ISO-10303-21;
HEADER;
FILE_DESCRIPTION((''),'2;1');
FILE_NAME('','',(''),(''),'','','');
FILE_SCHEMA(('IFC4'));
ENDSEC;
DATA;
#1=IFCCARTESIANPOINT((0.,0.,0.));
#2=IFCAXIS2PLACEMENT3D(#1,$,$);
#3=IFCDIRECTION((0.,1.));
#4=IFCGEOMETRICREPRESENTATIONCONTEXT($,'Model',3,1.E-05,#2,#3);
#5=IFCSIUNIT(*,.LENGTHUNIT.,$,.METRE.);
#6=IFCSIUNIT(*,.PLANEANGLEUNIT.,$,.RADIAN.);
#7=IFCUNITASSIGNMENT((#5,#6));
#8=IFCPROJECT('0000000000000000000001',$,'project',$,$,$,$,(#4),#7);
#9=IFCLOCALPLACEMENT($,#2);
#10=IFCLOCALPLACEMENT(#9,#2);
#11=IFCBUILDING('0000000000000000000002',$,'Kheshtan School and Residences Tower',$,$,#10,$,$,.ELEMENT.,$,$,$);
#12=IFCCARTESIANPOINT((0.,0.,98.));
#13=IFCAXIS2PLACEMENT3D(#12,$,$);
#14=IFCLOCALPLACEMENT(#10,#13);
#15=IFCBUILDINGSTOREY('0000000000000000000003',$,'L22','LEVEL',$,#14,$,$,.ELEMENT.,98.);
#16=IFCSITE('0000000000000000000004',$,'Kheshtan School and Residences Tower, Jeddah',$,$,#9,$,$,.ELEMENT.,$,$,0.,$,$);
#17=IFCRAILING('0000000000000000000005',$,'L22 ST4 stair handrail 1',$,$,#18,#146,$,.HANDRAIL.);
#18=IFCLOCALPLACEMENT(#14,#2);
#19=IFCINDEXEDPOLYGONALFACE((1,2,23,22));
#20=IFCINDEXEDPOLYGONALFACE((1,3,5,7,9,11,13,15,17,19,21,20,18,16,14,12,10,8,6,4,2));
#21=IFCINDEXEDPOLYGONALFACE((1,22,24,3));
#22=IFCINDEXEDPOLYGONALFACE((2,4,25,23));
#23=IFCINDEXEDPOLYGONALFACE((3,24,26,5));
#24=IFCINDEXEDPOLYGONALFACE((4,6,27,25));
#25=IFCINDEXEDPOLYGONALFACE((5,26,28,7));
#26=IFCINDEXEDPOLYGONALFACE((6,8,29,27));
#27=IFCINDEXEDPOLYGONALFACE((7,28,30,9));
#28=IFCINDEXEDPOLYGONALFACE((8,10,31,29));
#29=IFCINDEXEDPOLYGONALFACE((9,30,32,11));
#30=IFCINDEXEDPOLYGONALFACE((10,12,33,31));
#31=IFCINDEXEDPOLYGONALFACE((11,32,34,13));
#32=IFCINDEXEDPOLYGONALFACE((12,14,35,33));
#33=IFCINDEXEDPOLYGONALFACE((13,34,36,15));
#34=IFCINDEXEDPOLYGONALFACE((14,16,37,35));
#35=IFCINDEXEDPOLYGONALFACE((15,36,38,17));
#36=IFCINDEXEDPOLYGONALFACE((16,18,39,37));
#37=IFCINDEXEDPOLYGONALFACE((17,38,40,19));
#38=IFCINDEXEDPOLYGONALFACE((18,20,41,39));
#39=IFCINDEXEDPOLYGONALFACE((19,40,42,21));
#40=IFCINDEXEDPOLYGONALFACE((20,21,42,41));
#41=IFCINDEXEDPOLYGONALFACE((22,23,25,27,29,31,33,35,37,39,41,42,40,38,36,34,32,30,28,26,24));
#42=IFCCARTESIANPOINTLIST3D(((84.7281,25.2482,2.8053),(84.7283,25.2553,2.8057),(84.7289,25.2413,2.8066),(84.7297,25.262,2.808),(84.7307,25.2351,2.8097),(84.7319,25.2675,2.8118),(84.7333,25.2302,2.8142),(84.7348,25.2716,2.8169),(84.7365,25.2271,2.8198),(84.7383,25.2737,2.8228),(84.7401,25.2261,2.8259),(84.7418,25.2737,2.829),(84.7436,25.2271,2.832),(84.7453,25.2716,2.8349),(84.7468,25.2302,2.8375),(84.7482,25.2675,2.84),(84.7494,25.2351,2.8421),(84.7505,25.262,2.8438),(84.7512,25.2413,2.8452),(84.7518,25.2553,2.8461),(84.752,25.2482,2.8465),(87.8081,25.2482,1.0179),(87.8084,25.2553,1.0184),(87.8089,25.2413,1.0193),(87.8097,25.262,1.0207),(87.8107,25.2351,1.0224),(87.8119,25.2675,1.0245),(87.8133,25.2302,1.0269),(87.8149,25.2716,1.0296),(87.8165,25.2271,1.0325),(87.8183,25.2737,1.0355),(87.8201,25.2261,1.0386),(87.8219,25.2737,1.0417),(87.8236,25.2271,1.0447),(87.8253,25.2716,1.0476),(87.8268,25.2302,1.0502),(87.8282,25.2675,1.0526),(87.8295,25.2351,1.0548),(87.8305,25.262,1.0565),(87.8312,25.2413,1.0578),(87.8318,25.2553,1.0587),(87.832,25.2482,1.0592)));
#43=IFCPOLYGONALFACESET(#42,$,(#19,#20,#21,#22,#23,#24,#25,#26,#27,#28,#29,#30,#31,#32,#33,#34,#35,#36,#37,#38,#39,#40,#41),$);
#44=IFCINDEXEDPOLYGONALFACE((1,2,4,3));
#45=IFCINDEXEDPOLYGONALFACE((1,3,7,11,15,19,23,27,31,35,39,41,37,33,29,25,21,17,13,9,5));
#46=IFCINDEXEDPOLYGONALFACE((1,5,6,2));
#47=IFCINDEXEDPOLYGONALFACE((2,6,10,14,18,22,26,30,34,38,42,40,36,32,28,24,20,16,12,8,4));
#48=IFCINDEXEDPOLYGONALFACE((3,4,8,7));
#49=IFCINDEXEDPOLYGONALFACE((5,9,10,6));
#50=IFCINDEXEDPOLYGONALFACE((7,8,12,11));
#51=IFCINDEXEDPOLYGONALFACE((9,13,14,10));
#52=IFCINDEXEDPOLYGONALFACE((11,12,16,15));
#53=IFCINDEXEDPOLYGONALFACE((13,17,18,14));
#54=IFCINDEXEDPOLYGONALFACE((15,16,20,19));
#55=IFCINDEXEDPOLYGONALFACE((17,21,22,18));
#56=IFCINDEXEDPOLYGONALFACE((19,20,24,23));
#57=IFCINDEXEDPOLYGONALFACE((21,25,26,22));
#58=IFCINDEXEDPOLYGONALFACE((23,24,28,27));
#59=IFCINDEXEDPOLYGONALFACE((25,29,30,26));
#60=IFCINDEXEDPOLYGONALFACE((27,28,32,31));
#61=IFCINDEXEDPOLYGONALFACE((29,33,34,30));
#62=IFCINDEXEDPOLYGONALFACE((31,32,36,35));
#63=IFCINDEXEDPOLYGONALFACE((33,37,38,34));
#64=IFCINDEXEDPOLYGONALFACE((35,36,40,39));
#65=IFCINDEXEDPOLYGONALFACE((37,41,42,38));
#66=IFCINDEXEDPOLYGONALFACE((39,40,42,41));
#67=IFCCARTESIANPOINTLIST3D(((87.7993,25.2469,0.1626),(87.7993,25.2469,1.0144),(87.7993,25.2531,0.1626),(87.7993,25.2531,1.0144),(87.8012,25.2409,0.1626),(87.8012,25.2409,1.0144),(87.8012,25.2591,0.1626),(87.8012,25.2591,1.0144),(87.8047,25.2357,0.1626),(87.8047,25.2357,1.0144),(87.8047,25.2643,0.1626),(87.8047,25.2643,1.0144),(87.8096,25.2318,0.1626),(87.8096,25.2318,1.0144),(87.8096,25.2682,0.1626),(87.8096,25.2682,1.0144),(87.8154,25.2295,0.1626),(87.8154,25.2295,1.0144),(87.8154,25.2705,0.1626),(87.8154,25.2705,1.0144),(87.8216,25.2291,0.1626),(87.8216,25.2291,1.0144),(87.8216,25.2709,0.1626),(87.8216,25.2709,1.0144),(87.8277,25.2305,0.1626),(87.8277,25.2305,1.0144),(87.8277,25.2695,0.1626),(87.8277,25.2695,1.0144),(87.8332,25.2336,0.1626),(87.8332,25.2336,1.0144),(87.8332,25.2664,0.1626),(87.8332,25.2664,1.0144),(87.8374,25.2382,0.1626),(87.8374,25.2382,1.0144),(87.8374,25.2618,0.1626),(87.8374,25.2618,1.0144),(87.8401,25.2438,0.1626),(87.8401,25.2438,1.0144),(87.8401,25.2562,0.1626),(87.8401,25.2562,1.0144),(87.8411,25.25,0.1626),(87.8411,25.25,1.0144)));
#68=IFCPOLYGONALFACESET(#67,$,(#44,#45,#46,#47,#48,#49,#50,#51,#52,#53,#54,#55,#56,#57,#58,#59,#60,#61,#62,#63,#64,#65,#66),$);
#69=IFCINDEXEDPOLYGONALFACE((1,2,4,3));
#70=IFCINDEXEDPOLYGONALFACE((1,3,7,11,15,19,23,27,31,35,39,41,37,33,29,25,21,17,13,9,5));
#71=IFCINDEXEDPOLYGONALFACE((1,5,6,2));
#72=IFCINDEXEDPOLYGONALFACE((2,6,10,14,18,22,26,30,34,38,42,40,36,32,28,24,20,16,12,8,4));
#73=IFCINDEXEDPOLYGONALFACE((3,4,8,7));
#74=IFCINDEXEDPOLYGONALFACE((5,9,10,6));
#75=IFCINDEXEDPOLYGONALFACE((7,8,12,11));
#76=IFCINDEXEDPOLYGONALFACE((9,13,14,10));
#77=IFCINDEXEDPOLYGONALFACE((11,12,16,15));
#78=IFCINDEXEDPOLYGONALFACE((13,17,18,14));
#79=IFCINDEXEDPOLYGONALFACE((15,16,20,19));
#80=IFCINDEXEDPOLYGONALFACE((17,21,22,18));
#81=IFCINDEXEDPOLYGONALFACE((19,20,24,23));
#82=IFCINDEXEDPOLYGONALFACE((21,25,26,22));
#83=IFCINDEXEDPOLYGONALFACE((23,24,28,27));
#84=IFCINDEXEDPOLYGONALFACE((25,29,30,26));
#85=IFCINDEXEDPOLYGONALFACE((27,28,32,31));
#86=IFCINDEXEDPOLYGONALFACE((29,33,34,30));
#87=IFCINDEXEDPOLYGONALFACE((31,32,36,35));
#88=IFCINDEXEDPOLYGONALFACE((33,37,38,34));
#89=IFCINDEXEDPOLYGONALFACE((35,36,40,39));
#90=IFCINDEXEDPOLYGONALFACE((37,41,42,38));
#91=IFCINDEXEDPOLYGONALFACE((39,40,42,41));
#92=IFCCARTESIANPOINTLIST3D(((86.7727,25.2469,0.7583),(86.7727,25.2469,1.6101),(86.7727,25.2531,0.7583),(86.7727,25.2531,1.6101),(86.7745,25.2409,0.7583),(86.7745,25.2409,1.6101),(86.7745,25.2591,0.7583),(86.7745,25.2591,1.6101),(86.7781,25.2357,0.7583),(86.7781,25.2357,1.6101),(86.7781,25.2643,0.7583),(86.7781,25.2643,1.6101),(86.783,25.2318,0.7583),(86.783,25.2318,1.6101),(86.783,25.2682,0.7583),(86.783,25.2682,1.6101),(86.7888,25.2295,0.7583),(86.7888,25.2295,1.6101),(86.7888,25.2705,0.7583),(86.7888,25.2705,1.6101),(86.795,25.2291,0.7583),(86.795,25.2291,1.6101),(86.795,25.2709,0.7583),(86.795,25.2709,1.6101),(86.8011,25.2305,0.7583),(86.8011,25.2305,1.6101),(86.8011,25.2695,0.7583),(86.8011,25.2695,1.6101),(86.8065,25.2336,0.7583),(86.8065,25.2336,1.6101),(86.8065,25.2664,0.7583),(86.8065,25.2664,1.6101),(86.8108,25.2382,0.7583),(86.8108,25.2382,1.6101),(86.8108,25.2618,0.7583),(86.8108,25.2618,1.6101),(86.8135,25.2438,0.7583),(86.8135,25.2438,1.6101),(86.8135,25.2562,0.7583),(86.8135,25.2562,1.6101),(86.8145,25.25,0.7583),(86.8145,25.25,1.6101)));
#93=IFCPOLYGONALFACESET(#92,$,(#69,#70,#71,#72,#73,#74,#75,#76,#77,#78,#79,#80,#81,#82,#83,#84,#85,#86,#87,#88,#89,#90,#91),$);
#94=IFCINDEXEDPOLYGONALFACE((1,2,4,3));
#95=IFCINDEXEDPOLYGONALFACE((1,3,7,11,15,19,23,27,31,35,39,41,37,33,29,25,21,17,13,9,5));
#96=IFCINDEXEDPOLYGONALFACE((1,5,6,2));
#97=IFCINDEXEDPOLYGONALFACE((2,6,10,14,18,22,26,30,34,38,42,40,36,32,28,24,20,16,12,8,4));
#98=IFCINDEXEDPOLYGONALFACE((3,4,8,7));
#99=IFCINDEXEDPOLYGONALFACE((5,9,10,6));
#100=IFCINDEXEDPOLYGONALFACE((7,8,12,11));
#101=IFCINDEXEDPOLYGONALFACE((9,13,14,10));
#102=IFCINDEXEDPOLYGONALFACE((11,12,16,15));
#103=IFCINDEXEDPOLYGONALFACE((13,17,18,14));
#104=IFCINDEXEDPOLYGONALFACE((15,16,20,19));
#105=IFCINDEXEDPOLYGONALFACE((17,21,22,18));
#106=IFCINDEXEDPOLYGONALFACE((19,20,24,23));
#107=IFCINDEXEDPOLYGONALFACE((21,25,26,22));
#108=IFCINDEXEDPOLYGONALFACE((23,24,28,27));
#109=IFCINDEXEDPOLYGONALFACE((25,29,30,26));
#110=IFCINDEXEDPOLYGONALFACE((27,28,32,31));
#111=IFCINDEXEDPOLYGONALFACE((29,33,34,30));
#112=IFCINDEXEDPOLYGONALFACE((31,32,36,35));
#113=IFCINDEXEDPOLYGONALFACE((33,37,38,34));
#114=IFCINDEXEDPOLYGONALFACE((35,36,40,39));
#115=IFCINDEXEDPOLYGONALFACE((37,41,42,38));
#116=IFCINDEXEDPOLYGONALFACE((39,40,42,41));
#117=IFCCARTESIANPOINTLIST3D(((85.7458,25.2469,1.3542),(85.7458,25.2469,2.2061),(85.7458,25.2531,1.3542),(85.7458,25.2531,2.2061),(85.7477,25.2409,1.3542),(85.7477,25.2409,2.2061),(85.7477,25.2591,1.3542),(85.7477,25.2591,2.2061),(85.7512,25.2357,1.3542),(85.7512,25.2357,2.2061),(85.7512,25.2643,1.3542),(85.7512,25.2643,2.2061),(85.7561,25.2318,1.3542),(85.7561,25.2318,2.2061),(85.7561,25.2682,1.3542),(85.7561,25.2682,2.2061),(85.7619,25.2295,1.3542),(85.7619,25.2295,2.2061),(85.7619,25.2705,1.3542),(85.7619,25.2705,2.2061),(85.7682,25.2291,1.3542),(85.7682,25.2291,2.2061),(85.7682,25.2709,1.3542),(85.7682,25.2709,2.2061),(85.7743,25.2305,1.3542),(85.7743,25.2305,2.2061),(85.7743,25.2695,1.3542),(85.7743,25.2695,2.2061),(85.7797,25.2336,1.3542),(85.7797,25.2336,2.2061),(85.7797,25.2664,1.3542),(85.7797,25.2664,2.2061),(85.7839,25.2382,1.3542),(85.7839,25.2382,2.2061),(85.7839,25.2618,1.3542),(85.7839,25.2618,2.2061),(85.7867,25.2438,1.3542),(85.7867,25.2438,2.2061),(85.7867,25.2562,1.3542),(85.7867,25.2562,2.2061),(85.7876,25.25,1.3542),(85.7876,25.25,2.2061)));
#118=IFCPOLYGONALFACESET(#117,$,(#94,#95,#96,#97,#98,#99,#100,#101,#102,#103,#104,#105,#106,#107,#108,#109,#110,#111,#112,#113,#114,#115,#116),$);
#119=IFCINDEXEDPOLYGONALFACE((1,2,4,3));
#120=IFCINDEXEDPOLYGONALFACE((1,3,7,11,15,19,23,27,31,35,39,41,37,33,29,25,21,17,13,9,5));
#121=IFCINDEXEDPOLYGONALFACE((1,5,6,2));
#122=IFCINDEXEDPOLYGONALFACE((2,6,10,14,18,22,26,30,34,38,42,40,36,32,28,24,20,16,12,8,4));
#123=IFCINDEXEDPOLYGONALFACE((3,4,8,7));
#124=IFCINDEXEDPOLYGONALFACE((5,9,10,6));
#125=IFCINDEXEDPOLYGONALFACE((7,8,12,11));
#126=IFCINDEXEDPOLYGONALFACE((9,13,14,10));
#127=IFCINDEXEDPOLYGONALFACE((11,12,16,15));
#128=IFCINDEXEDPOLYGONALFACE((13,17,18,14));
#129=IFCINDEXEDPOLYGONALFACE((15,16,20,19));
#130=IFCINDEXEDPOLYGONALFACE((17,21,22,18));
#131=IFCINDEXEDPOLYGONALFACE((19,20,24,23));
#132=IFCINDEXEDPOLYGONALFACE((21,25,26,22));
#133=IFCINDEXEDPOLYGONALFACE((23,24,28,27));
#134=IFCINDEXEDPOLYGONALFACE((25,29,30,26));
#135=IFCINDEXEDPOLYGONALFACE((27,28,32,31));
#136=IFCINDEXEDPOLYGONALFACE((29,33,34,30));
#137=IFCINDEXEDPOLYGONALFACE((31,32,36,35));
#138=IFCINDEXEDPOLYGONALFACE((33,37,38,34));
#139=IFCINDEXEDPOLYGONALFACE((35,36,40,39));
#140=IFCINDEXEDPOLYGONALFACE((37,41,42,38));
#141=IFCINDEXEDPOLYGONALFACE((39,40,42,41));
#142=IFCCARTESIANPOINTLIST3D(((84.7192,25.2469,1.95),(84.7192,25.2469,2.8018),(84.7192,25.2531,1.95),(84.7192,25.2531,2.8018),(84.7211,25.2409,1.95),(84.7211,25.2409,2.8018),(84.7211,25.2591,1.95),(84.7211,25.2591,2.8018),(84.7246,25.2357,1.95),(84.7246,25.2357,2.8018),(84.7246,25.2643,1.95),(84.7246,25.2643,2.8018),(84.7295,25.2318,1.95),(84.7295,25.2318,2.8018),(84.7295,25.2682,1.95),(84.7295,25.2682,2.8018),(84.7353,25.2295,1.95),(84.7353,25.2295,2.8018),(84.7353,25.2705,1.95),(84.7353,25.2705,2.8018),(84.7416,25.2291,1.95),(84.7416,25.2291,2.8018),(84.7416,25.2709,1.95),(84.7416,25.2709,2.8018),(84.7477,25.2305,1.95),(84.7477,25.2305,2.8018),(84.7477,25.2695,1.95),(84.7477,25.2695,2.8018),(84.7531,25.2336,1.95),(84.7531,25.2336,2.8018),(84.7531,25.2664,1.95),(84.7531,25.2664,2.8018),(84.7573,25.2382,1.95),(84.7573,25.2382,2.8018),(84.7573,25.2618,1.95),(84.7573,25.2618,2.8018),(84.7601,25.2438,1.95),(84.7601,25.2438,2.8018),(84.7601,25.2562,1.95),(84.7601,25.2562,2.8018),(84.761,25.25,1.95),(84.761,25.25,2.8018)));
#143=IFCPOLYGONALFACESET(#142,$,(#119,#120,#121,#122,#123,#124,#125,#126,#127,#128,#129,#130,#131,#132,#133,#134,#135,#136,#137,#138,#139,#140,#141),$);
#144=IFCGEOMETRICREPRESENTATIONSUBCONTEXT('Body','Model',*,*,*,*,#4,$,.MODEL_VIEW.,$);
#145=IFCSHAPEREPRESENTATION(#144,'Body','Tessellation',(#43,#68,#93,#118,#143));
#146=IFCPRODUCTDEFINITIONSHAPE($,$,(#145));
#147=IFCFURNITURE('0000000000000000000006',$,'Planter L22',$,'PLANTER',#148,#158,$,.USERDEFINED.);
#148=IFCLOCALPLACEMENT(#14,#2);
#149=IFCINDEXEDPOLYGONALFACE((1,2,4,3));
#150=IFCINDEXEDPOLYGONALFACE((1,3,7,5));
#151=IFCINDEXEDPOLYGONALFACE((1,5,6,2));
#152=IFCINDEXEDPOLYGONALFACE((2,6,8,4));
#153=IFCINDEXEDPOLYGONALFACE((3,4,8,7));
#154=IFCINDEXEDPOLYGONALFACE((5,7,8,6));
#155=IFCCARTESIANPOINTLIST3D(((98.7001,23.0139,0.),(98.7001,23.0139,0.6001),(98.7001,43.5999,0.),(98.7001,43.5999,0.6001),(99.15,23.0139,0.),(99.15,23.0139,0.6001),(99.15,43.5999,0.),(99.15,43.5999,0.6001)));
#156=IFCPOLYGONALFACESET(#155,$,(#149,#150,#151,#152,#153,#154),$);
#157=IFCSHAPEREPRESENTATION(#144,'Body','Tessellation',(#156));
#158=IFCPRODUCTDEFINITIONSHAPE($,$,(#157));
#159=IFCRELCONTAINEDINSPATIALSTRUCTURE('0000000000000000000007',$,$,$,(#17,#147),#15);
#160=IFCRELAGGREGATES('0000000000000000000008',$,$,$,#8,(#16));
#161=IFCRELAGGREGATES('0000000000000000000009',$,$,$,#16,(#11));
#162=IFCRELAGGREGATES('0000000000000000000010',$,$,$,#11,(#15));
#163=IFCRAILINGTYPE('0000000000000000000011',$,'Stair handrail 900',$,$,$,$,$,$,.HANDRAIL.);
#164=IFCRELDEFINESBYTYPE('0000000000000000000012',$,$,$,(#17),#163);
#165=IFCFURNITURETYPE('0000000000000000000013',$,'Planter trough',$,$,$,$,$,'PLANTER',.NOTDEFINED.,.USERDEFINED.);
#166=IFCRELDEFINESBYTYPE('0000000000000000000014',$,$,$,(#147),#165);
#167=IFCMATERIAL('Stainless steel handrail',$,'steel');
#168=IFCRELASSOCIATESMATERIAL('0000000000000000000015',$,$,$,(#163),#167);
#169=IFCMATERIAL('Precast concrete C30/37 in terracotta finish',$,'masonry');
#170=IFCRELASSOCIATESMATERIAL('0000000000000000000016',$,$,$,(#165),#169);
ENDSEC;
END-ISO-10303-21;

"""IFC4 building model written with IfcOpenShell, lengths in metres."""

from ifc_helpers import new_model, si_unit, direction, frame, origin, origin_2d, place, context, subcontext, project, spatial, rectangle, circle, extrude, material, type_object, element, save


model = new_model("IFC4")

# Units and contexts
model_context = context("Model", 3, precision=1e-05, world=origin(), true_north=direction((0.0, 1.0)))
body_context = subcontext(model_context, "Body", "Model", "MODEL_VIEW")
ifc_project = project(units=[si_unit("LENGTHUNIT", "METRE"), si_unit("PLANEANGLEUNIT", "RADIAN")], contexts=[model_context])

# Site, building, storey
site_placement = place(None, origin())
site = spatial("IfcSite", under=ifc_project, at=site_placement, Name="Kheshtan School and Residences Tower, Jeddah", CompositionType="ELEMENT", RefElevation=0.0)
building_placement = place(site_placement, origin())
building = spatial("IfcBuilding", under=site, at=building_placement, Name="Kheshtan School and Residences Tower", CompositionType="ELEMENT")
storey_placement = place(building_placement, frame((0.0, 0.0, 98.0)))
storey = spatial("IfcBuildingStorey", under=building, at=storey_placement, Name="L22", Description="LEVEL", CompositionType="ELEMENT", Elevation=98.0)

# Railing
ifc_material_1 = material(Name="Stainless steel handrail", Category="steel")
railing_type_1 = type_object("IfcRailingType", Name="Stair handrail 900", PredefinedType="HANDRAIL", material=ifc_material_1)
railing_1_placement = place(storey_placement, frame((87.8201, 25.25, 0.1626)))
element("IfcRailing", 1, at=railing_1_placement, inside=storey, type_object=railing_type_1, Name="L22 ST4 stair handrail 1", PredefinedType="HANDRAIL", context=body_context, shape_type="SweptSolid", body=[
    extrude(circle(Radius=0.0239, at=origin_2d()), frame((0.0, 0.0, 0.876), z_axis=(-0.86492, 0.0, 0.501909), x_axis=(0.0, -1.0, 0.0)), (0.0, 0.0, 1.0), 3.561),
    extrude(circle(Radius=0.021, at=origin_2d()), origin(), (0.0, 0.0, 1.0), 0.8518),
    extrude(circle(Radius=0.021, at=origin_2d()), frame((-1.0266, 0.0, 0.5957)), (0.0, 0.0, 1.0), 0.8518),
    extrude(circle(Radius=0.021, at=origin_2d()), frame((-2.0535, 0.0, 1.1917)), (0.0, 0.0, 1.0), 0.8518),
    extrude(circle(Radius=0.021, at=origin_2d()), frame((-3.0801, 0.0, 1.7874)), (0.0, 0.0, 1.0), 0.8518),
])

# Furniture
ifc_material_2 = material(Name="Precast concrete C30/37 in terracotta finish", Category="masonry")
furniture_type = type_object("IfcFurnitureType", Name="Planter trough", ElementType="PLANTER", AssemblyPlace="NOTDEFINED", PredefinedType="USERDEFINED", material=ifc_material_2)
furniture_placement = place(storey_placement, frame((98.925, 33.3069, 0.0), z_axis=(0.0, 0.0, 1.0), x_axis=(0.0, -1.0, 0.0)))
element("IfcFurniture", 2, at=furniture_placement, inside=storey, type_object=furniture_type, Name="Planter L22", ObjectType="PLANTER", PredefinedType="USERDEFINED", context=body_context, shape_type="SweptSolid", body=[
    extrude(rectangle(XDim=20.5859, YDim=0.45, at=origin_2d()), origin(), (0.0, 0.0, 1.0), 0.6001),
])

save(model, "model.ifc")
